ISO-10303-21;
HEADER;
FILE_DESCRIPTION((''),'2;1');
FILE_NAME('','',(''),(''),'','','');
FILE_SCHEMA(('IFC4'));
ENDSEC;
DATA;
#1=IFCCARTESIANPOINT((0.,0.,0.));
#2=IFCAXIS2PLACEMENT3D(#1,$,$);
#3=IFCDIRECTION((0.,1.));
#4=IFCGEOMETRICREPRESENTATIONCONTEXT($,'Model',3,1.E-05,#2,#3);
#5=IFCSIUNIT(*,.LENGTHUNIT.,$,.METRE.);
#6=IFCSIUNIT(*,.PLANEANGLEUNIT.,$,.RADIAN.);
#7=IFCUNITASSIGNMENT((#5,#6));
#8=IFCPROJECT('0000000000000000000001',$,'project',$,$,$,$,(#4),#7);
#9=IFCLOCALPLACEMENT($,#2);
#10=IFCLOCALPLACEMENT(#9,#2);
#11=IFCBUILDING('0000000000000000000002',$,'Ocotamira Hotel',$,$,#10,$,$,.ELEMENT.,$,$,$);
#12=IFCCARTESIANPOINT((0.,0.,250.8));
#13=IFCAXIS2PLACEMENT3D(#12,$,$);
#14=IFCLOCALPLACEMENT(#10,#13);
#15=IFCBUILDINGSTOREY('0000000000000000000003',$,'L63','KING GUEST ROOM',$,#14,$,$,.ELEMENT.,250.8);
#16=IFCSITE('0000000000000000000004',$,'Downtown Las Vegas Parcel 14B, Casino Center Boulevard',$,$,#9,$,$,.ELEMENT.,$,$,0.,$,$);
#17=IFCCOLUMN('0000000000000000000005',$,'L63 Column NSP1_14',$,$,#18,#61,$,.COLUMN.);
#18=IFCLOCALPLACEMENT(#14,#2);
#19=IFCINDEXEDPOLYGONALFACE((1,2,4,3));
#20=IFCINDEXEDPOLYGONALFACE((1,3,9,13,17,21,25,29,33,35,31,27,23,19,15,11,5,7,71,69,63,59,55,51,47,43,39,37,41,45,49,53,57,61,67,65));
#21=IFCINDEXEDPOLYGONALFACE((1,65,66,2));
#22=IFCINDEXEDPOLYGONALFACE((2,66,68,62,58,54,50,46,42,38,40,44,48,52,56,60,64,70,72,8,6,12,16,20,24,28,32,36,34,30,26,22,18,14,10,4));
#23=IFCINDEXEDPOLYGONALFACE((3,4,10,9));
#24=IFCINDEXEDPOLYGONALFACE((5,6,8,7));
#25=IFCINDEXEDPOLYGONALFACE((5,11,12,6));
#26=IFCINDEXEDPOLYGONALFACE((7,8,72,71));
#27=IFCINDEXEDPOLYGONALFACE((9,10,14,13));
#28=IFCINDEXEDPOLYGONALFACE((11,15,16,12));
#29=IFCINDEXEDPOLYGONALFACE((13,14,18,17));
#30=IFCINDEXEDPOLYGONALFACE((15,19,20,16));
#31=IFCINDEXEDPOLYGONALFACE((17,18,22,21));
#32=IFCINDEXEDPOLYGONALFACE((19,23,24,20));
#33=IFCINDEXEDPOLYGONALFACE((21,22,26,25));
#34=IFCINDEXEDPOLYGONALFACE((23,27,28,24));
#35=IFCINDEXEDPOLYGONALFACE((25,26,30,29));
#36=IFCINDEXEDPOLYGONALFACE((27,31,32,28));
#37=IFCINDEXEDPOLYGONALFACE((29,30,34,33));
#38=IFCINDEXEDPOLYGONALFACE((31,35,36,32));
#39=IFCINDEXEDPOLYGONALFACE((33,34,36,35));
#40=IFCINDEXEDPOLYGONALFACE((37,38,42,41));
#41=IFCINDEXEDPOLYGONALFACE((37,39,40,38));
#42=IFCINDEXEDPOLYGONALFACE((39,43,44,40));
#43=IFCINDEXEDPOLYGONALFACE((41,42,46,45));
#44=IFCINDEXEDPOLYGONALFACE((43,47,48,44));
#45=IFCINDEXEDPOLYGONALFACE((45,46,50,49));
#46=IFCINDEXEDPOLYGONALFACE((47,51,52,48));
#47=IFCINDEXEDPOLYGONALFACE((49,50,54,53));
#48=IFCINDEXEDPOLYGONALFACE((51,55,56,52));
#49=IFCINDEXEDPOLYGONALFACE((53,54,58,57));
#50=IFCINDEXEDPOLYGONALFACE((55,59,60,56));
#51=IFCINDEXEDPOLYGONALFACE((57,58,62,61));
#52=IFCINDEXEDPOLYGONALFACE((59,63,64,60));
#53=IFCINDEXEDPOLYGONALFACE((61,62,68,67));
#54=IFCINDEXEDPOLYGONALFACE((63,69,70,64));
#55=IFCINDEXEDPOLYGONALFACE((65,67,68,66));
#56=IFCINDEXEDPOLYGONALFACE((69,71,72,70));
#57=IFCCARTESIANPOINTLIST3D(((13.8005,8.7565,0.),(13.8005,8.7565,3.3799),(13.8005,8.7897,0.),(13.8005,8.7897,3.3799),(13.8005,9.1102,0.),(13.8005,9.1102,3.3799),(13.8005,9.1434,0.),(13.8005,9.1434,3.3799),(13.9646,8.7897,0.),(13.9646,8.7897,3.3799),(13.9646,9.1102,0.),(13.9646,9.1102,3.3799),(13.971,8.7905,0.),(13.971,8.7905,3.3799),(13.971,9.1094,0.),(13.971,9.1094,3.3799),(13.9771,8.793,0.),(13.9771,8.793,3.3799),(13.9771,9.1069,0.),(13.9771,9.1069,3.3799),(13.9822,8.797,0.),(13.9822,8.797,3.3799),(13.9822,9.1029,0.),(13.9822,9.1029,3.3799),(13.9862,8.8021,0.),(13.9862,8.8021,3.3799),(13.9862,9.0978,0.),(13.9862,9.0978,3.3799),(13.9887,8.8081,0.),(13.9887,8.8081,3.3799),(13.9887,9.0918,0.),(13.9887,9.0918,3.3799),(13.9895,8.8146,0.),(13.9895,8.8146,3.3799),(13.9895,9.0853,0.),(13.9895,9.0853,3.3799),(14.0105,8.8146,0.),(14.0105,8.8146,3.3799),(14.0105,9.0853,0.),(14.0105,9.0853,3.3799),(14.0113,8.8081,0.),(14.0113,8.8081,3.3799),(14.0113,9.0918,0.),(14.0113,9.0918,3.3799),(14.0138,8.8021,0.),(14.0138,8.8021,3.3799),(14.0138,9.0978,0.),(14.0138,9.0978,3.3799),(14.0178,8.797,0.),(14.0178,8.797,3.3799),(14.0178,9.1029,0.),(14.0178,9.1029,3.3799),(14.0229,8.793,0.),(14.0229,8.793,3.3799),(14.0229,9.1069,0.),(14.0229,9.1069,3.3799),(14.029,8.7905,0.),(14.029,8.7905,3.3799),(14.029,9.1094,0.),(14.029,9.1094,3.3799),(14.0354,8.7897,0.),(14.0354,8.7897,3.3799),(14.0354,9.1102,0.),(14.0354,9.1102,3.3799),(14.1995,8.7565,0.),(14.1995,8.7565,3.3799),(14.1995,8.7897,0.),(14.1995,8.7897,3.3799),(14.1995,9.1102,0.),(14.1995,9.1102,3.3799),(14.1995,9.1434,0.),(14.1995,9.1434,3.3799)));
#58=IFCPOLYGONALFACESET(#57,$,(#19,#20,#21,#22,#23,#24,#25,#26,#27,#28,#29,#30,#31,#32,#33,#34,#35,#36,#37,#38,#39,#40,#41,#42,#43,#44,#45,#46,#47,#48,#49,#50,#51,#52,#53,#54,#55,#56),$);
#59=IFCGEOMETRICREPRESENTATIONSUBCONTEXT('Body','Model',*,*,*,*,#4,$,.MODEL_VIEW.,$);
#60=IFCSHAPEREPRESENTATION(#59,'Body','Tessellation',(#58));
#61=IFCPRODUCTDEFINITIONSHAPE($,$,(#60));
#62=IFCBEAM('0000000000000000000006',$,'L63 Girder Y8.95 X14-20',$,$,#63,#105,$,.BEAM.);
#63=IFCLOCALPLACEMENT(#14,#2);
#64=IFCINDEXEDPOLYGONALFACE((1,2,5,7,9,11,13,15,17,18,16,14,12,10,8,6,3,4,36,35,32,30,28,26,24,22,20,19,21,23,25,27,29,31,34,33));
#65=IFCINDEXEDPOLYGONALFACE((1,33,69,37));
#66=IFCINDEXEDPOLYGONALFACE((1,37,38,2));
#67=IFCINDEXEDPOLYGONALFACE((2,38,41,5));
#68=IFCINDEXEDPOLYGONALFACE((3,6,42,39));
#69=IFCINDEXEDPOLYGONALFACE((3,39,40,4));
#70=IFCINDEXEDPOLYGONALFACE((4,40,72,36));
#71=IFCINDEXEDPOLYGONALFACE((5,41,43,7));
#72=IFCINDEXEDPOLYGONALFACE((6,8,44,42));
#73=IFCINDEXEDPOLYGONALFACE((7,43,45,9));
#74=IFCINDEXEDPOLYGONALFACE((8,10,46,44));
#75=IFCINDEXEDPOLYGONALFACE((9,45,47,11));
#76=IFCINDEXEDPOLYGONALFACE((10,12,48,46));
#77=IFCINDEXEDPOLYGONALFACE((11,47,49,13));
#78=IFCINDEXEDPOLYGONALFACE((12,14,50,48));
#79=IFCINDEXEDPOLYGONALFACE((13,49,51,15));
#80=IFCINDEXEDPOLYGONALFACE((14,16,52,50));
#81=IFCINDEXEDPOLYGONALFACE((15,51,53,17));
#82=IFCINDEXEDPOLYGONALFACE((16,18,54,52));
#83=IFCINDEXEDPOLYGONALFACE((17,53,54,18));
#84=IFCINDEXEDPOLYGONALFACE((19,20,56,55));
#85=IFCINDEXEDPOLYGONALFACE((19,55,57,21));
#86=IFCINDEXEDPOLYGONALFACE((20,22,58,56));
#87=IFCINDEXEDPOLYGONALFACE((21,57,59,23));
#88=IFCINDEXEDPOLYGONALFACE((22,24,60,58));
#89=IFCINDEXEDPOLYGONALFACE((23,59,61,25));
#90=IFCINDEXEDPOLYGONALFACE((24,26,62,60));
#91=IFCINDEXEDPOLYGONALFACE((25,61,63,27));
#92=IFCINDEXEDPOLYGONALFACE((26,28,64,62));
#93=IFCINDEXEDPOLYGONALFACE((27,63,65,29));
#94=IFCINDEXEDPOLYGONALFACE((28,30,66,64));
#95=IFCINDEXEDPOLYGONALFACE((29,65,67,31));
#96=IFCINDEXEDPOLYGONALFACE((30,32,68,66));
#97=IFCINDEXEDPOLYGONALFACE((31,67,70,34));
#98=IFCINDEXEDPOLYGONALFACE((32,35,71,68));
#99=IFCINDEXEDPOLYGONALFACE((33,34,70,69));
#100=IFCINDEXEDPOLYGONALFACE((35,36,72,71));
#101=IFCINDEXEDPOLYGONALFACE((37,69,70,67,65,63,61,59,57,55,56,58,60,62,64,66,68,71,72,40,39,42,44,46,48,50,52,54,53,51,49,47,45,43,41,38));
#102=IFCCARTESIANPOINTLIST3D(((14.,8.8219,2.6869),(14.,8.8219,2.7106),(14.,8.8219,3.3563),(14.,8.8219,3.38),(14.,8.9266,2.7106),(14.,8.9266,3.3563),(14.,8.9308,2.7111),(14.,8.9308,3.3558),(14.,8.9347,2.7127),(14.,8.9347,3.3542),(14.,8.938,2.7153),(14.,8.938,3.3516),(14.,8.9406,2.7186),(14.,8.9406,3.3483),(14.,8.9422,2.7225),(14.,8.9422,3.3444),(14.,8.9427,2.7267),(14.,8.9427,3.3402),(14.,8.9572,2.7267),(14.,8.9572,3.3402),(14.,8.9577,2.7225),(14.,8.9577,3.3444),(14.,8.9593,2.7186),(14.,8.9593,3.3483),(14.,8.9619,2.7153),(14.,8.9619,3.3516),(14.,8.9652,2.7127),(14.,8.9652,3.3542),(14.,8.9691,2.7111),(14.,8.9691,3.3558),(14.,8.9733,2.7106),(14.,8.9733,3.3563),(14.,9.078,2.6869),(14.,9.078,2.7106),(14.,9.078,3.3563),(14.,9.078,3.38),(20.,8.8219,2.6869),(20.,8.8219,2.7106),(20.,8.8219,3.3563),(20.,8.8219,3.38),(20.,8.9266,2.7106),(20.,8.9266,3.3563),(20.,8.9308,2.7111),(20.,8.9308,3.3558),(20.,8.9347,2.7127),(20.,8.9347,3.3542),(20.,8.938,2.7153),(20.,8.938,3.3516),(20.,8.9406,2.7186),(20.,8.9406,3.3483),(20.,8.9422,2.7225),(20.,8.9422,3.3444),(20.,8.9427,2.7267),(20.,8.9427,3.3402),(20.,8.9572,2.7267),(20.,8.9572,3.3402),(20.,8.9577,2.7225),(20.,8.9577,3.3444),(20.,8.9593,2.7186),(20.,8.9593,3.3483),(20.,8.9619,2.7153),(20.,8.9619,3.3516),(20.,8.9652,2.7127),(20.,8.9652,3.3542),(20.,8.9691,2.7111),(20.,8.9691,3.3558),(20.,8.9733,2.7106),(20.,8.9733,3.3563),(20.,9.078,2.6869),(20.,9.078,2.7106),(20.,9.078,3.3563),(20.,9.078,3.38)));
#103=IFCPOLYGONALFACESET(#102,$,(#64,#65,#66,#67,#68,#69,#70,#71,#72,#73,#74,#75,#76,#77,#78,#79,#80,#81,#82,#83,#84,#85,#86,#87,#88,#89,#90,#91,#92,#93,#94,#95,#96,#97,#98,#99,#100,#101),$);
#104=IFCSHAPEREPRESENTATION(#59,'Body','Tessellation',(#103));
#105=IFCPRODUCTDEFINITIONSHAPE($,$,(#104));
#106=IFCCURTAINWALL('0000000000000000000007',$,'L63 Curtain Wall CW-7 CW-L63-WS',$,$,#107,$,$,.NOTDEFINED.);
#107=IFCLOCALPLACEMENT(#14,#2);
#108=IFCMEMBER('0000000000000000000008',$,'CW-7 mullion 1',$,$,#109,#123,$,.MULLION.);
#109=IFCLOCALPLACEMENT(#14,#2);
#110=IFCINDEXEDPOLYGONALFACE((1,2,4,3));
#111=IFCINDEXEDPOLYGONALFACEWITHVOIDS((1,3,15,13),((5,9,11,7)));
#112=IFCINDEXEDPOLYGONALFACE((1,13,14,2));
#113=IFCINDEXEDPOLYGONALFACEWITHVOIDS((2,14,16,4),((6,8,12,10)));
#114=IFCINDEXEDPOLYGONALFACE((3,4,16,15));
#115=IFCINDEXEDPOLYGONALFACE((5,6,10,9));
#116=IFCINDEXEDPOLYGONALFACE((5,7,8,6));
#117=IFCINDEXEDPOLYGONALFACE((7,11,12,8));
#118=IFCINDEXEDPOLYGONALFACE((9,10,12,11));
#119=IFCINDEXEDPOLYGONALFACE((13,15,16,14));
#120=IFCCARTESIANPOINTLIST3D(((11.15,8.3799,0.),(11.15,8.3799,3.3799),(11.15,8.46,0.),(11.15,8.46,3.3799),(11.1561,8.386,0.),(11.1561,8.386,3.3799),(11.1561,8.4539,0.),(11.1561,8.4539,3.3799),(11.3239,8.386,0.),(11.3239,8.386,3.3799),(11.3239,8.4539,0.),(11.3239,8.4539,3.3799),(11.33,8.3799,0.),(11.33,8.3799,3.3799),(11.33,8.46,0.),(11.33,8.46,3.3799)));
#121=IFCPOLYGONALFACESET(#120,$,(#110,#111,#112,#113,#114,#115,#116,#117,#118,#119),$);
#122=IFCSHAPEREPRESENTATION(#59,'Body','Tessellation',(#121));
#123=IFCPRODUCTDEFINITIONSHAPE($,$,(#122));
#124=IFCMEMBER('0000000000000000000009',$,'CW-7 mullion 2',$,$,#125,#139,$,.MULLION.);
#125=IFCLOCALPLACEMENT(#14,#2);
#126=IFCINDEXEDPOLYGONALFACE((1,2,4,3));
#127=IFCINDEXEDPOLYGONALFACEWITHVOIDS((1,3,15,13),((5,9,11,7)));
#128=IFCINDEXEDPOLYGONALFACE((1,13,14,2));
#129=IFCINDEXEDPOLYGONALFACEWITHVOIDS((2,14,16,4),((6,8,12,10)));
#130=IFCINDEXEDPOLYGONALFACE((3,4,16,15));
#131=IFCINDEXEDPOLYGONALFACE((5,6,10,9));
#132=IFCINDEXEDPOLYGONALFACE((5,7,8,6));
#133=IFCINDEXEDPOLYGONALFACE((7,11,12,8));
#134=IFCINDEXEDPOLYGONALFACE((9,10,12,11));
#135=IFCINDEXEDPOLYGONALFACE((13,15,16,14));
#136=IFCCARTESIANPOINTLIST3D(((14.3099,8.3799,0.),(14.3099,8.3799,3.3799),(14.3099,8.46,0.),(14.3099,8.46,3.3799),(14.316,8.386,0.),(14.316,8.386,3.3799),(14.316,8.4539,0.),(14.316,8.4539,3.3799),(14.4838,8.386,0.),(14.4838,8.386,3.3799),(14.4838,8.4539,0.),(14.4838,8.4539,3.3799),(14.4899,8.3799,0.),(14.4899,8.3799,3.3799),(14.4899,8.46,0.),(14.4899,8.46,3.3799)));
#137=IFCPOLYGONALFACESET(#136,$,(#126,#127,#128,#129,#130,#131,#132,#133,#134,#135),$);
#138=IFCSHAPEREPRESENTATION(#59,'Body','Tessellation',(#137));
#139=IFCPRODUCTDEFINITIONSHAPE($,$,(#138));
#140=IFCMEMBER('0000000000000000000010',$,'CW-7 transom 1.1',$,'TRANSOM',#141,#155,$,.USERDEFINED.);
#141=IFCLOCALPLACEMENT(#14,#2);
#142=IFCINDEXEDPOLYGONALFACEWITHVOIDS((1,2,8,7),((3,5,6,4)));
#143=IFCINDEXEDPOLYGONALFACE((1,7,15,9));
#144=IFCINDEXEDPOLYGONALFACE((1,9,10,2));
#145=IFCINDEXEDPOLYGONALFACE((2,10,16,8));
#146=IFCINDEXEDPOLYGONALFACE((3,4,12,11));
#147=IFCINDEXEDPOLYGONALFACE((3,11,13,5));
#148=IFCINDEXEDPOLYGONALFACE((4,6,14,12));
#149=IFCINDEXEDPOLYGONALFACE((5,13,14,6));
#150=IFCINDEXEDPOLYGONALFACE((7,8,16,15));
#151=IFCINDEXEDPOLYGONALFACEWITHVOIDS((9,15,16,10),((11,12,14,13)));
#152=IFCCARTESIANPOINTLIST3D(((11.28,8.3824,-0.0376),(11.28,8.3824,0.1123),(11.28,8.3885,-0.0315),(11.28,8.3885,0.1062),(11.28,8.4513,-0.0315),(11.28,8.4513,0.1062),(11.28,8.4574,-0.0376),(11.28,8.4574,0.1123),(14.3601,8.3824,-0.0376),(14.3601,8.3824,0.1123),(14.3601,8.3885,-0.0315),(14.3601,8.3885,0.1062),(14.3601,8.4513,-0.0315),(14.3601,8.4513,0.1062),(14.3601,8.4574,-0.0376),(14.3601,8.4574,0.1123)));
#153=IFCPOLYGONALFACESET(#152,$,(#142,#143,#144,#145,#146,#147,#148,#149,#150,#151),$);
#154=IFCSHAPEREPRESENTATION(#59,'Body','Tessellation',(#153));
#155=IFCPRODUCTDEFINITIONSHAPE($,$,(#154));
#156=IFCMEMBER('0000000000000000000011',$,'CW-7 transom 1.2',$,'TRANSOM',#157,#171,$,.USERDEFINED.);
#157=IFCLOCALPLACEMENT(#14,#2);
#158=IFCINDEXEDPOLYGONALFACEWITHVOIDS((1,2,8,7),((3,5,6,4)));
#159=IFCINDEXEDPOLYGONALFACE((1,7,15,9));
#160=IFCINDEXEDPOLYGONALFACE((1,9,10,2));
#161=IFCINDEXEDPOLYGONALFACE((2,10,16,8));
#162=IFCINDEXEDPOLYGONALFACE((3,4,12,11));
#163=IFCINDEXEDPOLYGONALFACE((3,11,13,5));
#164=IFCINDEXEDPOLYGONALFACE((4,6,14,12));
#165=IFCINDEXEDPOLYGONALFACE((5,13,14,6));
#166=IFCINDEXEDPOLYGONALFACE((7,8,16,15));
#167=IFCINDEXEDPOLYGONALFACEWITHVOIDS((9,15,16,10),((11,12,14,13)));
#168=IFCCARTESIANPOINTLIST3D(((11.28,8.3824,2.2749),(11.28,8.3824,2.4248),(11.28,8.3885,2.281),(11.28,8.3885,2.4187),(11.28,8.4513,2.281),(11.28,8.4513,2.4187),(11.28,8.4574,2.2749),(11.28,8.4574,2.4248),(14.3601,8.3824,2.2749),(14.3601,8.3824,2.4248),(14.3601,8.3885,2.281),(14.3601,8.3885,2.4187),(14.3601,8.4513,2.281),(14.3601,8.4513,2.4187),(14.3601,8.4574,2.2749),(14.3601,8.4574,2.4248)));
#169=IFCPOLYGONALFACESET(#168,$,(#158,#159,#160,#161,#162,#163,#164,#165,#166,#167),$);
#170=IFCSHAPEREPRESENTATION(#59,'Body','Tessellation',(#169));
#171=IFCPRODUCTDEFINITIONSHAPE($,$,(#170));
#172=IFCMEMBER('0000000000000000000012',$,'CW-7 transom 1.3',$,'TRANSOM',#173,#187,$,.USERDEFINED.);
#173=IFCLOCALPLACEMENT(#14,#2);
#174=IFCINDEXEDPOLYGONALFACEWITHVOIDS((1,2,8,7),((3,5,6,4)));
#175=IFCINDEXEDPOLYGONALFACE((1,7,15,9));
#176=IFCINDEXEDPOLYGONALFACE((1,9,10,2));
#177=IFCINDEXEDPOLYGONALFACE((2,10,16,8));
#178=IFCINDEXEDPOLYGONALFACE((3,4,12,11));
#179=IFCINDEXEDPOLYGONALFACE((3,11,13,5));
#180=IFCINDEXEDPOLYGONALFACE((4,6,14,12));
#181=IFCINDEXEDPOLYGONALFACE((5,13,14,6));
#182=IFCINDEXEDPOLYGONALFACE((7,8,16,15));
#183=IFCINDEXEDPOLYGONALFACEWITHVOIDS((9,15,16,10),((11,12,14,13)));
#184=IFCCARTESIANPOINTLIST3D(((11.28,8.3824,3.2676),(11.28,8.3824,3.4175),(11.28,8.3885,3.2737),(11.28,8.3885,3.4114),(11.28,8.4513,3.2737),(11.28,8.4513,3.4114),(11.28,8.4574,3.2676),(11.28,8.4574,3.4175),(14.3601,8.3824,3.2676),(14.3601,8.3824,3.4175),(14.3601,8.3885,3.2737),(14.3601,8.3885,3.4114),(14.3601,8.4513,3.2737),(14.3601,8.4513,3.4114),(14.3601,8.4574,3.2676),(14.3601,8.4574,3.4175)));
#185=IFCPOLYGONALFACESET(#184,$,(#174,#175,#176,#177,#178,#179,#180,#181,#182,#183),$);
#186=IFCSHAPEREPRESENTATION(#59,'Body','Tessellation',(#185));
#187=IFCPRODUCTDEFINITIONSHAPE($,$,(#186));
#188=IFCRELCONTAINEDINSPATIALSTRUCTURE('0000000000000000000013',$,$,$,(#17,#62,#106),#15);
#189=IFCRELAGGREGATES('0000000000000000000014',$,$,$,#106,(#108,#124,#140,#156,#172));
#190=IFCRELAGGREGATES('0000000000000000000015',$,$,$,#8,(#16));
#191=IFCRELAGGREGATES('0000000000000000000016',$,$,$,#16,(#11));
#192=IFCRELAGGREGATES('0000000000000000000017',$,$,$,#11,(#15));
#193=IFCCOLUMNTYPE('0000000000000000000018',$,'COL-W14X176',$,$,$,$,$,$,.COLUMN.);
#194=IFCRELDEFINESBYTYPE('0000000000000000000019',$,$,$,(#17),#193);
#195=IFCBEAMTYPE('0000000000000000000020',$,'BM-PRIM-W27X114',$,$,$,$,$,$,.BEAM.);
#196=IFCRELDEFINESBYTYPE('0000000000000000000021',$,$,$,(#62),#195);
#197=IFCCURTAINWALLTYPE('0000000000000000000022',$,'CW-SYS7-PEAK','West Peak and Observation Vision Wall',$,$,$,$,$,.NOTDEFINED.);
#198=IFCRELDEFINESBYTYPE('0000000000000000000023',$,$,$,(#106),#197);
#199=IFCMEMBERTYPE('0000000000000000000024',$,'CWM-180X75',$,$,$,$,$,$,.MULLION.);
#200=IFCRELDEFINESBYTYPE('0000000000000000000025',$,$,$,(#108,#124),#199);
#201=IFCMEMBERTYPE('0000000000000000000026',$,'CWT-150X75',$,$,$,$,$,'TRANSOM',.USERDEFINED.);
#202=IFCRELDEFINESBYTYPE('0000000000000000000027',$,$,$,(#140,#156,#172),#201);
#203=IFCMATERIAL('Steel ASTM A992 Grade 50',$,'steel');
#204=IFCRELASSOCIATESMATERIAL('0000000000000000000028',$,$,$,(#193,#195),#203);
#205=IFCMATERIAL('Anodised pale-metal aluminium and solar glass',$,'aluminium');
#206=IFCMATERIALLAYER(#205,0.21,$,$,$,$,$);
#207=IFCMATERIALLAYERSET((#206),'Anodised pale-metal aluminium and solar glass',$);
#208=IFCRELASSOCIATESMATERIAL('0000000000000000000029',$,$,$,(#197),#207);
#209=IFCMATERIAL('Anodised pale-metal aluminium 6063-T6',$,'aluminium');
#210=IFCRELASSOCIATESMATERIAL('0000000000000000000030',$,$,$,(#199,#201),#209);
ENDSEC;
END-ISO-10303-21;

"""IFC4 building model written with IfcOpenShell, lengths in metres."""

from ifc_helpers import new_model, si_unit, direction, frame, origin, origin_2d, place, context, subcontext, project, spatial, hollow_rectangle, i_section, extrude, source, transform, mapped, material, layer, layer_set, material_profile, profile_set, type_object, element, aggregate, save


model = new_model("IFC4")

# Units and contexts
model_context = context("Model", 3, precision=1e-05, world=origin(), true_north=direction((0.0, 1.0)))
body_context = subcontext(model_context, "Body", "Model", "MODEL_VIEW")
ifc_project = project(units=[si_unit("LENGTHUNIT", "METRE"), si_unit("PLANEANGLEUNIT", "RADIAN")], contexts=[model_context])

# Site, building, storey
site_placement = place(None, origin())
site = spatial("IfcSite", under=ifc_project, at=site_placement, Name="Downtown Las Vegas Parcel 14B, Casino Center Boulevard", CompositionType="ELEMENT", RefElevation=0.0)
building_placement = place(site_placement, origin())
building = spatial("IfcBuilding", under=site, at=building_placement, Name="Ocotamira Hotel", CompositionType="ELEMENT")
storey_placement = place(building_placement, frame((0.0, 0.0, 250.8)))
storey = spatial("IfcBuildingStorey", under=building, at=storey_placement, Name="L63", Description="KING GUEST ROOM", CompositionType="ELEMENT", Elevation=250.8)

# Column
ifc_material_1 = material(Name="Steel ASTM A992 Grade 50", Category="steel")
ifc_material_profile_1 = material_profile(ifc_material_1, i_section(OverallWidth=0.3989, OverallDepth=0.387, WebThickness=0.021, FlangeThickness=0.0332, FilletRadius=0.0249, at=origin_2d()), Name="W14X176")
ifc_profile_set_1 = profile_set([ifc_material_profile_1], Name="Steel ASTM A992 Grade 50")
column_type = type_object("IfcColumnType", Name="COL-W14X176", PredefinedType="COLUMN", material=ifc_profile_set_1)
shared_shape_1 = source(origin(), body_context, "Body", "SweptSolid", [
    extrude(i_section(OverallWidth=0.3989, OverallDepth=0.387, WebThickness=0.021, FlangeThickness=0.0332, FilletRadius=0.0249, at=origin_2d()), origin(), (0.0, 0.0, 1.0), 3.3799),
])
column_placement = place(storey_placement, frame((14.0, 8.95, 0.0), z_axis=(0.0, 0.0, 1.0), x_axis=(1.0, 0.0, 0.0)))
element("IfcColumn", 1, at=column_placement, inside=storey, type_object=column_type, Name="L63 Column NSP1_14", PredefinedType="COLUMN", context=body_context, shape_type="MappedRepresentation", body=[
    mapped(shared_shape_1, transform((0.0, 0.0, 0.0), scale=1.0)),
])

# Beam
ifc_material_profile_2 = material_profile(ifc_material_1, i_section(OverallWidth=0.2561, OverallDepth=0.6931, WebThickness=0.0144, FlangeThickness=0.0237, FilletRadius=0.0161, at=origin_2d()), Name="W27X114")
ifc_profile_set_2 = profile_set([ifc_material_profile_2], Name="Steel ASTM A992 Grade 50")
beam_type = type_object("IfcBeamType", Name="BM-PRIM-W27X114", PredefinedType="BEAM", material=ifc_profile_set_2)
shared_shape_2 = source(origin(), body_context, "Body", "SweptSolid", [
    extrude(i_section(OverallWidth=0.2561, OverallDepth=0.6931, WebThickness=0.0144, FlangeThickness=0.0237, FilletRadius=0.0161, at=origin_2d()), origin(), (0.0, 0.0, 1.0), 6.0),
])
beam_placement = place(storey_placement, frame((14.0, 8.95, 3.0334), z_axis=(1.0, 0.0, 0.0), x_axis=(0.0, 1.0, 0.0)))
element("IfcBeam", 2, at=beam_placement, inside=storey, type_object=beam_type, Name="L63 Girder Y8.95 X14-20", PredefinedType="BEAM", context=body_context, shape_type="MappedRepresentation", body=[
    mapped(shared_shape_2, transform((0.0, 0.0, 0.0), scale=1.0)),
])

# Curtain wall, members
ifc_material_2 = material(Name="Anodised pale-metal aluminium and solar glass", Category="aluminium")
ifc_layer_1 = layer(ifc_material_2, 0.21)
ifc_layer_set_1 = layer_set([ifc_layer_1], Name="Anodised pale-metal aluminium and solar glass")
curtain_wall_type = type_object("IfcCurtainWallType", Name="CW-SYS7-PEAK", Description="West Peak and Observation Vision Wall", PredefinedType="NOTDEFINED", material=ifc_layer_set_1)
curtain_wall_placement = place(storey_placement, origin())
curtain_wall = element("IfcCurtainWall", 3, at=curtain_wall_placement, inside=storey, type_object=curtain_wall_type, Name="L63 Curtain Wall CW-7 CW-L63-WS", PredefinedType="NOTDEFINED")
ifc_material_3 = material(Name="Anodised pale-metal aluminium 6063-T6", Category="aluminium")
ifc_material_profile_3 = material_profile(ifc_material_3, hollow_rectangle(XDim=0.0801, YDim=0.1799, WallThickness=0.0061, at=origin_2d()), Name="HSS180X80X6")
ifc_profile_set_3 = profile_set([ifc_material_profile_3], Name="Anodised pale-metal aluminium 6063-T6")
member_type_1 = type_object("IfcMemberType", Name="CWM-180X75", PredefinedType="MULLION", material=ifc_profile_set_3)
shared_shape_3 = source(origin(), body_context, "Body", "SweptSolid", [
    extrude(hollow_rectangle(XDim=0.0801, YDim=0.1799, WallThickness=0.0061, at=origin_2d()), origin(), (0.0, 0.0, 1.0), 3.3799),
])
member_1_placement = place(storey_placement, frame((11.24, 8.4199, 0.0), z_axis=(0.0, 0.0, 1.0), x_axis=(0.0, 1.0, 0.0)))
member_1 = element("IfcMember", 4, at=member_1_placement, type_object=member_type_1, Name="CW-7 mullion 1", PredefinedType="MULLION", context=body_context, shape_type="MappedRepresentation", body=[
    mapped(shared_shape_3, transform((0.0, 0.0, 0.0), scale=1.0)),
])
member_2_placement = place(storey_placement, frame((14.3999, 8.4199, 0.0), z_axis=(0.0, 0.0, 1.0), x_axis=(0.0, 1.0, 0.0)))
member_2 = element("IfcMember", 5, at=member_2_placement, type_object=member_type_1, Name="CW-7 mullion 2", PredefinedType="MULLION", context=body_context, shape_type="MappedRepresentation", body=[
    mapped(shared_shape_3, transform((0.0, 0.0, 0.0), scale=1.0)),
])
ifc_material_profile_4 = material_profile(ifc_material_3, hollow_rectangle(XDim=0.075, YDim=0.1499, WallThickness=0.0061, at=origin_2d()), Name="HSS150X75X6")
ifc_profile_set_4 = profile_set([ifc_material_profile_4], Name="Anodised pale-metal aluminium 6063-T6")
member_type_2 = type_object("IfcMemberType", Name="CWT-150X75", ElementType="TRANSOM", PredefinedType="USERDEFINED", material=ifc_profile_set_4)
shared_shape_4 = source(origin(), body_context, "Body", "SweptSolid", [
    extrude(hollow_rectangle(XDim=0.075, YDim=0.1499, WallThickness=0.0061, at=origin_2d()), origin(), (0.0, 0.0, 1.0), 3.0801),
])
member_3_placement = place(storey_placement, frame((11.28, 8.4199, 0.0374), z_axis=(1.0, 0.0, 0.0), x_axis=(0.0, 1.0, 0.0)))
member_3 = element("IfcMember", 6, at=member_3_placement, type_object=member_type_2, Name="CW-7 transom 1.1", ObjectType="TRANSOM", PredefinedType="USERDEFINED", context=body_context, shape_type="MappedRepresentation", body=[
    mapped(shared_shape_4, transform((0.0, 0.0, 0.0), scale=1.0)),
])
member_4_placement = place(storey_placement, frame((11.28, 8.4199, 2.3499), z_axis=(1.0, 0.0, 0.0), x_axis=(0.0, 1.0, 0.0)))
member_4 = element("IfcMember", 7, at=member_4_placement, type_object=member_type_2, Name="CW-7 transom 1.2", ObjectType="TRANSOM", PredefinedType="USERDEFINED", context=body_context, shape_type="MappedRepresentation", body=[
    mapped(shared_shape_4, transform((0.0, 0.0, 0.0), scale=1.0)),
])
member_5_placement = place(storey_placement, frame((11.28, 8.4199, 3.3425), z_axis=(1.0, 0.0, 0.0), x_axis=(0.0, 1.0, 0.0)))
member_5 = element("IfcMember", 8, at=member_5_placement, type_object=member_type_2, Name="CW-7 transom 1.3", ObjectType="TRANSOM", PredefinedType="USERDEFINED", context=body_context, shape_type="MappedRepresentation", body=[
    mapped(shared_shape_4, transform((0.0, 0.0, 0.0), scale=1.0)),
])

aggregate(curtain_wall, [member_1, member_2, member_3, member_4, member_5])

save(model, "model.ifc")
